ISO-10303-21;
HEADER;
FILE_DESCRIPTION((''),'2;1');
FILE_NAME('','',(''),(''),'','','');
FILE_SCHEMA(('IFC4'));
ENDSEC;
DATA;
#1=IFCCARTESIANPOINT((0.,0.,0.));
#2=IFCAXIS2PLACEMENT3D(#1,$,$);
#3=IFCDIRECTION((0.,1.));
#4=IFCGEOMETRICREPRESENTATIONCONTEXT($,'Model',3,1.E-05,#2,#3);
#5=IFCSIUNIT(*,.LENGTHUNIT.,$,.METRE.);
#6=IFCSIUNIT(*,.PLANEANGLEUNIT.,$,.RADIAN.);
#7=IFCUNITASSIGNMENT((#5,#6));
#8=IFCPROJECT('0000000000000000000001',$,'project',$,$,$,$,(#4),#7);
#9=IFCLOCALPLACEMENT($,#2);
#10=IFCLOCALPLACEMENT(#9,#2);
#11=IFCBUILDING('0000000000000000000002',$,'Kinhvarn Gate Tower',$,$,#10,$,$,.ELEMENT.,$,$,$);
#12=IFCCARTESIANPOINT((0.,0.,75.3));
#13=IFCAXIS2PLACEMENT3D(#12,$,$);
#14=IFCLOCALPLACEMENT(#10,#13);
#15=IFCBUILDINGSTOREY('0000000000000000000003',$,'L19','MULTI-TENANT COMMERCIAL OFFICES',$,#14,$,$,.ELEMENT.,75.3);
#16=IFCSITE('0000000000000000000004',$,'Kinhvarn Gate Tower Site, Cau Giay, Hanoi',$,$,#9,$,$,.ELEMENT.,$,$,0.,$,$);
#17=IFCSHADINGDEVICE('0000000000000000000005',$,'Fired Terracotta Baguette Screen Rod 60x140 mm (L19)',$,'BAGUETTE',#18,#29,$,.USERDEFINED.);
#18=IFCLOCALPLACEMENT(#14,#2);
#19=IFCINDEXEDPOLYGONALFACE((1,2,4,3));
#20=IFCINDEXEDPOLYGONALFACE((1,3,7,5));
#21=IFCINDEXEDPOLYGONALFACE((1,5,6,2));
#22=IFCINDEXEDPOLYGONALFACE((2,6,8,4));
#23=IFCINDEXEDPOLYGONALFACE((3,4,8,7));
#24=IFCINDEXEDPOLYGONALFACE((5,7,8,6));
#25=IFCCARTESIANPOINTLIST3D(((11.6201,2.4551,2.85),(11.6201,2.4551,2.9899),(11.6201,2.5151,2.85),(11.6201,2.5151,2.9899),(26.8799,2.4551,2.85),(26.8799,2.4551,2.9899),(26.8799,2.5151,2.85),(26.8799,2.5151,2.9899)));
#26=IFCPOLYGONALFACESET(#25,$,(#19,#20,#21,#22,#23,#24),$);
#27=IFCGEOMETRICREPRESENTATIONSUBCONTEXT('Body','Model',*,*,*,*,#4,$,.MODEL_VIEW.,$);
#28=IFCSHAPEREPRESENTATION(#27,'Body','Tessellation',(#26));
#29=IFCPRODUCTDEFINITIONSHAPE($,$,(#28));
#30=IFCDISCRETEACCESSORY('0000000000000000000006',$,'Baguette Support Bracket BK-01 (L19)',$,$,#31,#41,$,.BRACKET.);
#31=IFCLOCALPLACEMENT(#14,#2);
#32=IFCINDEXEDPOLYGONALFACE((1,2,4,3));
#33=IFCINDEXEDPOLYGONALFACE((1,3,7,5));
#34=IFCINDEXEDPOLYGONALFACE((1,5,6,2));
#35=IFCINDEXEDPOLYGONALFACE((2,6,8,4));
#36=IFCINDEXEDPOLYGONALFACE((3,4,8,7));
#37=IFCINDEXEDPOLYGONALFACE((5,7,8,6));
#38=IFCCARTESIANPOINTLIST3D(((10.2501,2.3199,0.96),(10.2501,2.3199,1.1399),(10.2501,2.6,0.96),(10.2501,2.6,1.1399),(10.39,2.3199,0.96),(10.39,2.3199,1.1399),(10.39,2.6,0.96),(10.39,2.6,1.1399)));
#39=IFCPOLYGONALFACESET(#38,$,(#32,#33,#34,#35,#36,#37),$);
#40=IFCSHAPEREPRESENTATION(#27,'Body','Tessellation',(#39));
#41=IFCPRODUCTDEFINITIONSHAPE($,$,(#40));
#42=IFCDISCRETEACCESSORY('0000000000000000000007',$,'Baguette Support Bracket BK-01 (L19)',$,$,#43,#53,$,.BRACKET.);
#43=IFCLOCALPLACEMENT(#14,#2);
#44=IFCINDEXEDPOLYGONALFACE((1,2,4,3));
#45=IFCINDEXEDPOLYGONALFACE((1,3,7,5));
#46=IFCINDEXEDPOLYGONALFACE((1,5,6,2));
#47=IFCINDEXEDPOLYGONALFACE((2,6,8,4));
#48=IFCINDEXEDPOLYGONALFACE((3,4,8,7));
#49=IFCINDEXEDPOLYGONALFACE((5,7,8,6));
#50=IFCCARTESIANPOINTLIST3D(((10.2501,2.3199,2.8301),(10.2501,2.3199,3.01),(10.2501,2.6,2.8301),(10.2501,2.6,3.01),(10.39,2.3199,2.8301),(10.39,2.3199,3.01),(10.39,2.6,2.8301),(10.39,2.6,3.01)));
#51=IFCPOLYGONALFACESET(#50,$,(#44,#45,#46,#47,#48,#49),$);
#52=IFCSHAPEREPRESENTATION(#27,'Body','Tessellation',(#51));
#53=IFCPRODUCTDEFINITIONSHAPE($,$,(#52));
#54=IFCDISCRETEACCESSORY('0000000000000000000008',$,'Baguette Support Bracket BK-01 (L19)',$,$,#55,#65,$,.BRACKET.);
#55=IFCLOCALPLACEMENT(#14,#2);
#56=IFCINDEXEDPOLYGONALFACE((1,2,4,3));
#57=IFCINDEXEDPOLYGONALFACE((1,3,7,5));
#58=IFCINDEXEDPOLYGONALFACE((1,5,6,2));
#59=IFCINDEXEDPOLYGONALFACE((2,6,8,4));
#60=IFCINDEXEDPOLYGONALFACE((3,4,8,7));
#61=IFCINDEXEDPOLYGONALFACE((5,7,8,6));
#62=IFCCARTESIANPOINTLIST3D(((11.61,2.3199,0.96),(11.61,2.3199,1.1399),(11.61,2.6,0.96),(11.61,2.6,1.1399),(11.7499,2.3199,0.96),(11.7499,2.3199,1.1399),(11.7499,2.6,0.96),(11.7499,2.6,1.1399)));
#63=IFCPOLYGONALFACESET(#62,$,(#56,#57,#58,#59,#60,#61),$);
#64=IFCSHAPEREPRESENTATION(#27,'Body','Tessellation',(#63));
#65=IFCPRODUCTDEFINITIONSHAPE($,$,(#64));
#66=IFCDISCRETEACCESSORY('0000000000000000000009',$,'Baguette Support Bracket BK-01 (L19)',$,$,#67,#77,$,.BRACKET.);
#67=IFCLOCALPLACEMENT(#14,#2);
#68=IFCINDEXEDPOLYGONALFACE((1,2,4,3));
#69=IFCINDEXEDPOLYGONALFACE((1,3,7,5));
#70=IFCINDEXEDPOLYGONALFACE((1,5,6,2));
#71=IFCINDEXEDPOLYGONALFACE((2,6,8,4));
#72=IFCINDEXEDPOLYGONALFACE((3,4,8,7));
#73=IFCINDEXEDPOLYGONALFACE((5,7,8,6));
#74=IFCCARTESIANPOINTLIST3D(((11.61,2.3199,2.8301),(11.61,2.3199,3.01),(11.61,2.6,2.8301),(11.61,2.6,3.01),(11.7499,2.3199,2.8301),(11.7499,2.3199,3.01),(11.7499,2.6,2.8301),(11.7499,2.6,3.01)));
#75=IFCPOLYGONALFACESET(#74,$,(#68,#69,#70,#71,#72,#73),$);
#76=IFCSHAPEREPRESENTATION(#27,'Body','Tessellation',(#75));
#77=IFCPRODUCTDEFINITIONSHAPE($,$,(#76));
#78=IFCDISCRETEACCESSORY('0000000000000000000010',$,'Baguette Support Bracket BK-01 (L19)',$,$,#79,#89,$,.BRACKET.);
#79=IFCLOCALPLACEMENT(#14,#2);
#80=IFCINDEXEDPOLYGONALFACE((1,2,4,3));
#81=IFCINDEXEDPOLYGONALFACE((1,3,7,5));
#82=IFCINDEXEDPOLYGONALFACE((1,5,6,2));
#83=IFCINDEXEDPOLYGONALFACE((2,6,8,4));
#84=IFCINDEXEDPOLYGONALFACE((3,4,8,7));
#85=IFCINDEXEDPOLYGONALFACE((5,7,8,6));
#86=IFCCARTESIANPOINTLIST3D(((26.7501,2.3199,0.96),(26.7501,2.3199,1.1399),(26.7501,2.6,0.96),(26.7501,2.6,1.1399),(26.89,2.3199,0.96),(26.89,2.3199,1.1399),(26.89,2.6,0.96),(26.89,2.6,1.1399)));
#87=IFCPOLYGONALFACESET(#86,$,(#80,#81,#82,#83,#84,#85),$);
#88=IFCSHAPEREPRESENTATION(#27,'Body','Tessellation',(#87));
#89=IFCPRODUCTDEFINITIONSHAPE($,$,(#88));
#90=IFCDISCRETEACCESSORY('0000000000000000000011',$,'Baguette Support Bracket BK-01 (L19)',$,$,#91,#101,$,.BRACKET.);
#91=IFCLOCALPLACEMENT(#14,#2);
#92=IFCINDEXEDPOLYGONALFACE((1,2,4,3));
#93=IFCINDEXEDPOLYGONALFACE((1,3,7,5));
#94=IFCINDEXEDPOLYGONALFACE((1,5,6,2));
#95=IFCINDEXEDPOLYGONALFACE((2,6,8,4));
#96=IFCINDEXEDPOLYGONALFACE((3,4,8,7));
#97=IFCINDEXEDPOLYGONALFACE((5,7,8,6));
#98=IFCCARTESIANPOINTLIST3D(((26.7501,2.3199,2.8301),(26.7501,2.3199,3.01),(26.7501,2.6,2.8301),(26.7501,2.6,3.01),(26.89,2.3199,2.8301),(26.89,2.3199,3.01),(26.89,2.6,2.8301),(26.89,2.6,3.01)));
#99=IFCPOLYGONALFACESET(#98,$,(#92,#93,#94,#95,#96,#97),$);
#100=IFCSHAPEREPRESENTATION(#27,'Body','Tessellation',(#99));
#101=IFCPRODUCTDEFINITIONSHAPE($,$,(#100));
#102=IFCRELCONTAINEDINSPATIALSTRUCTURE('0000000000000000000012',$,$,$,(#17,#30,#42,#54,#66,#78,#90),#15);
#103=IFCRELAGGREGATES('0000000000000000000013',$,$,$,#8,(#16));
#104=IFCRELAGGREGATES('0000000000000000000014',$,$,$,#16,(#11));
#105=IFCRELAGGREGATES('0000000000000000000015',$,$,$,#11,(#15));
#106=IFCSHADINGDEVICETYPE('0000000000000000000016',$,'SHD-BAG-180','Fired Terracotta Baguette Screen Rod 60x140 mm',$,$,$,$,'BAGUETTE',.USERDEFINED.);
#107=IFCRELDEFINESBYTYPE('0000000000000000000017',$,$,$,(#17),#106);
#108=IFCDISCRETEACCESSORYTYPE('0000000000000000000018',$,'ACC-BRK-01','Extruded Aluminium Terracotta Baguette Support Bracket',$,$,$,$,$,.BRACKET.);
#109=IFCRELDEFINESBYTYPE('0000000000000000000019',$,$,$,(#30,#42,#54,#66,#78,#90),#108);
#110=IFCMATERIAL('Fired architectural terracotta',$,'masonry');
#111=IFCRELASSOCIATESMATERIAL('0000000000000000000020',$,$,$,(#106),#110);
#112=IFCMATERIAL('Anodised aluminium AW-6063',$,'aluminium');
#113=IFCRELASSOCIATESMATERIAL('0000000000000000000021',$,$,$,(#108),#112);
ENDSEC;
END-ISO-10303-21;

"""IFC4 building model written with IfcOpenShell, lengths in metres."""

from ifc_helpers import new_model, si_unit, direction, frame, origin, origin_2d, place, context, subcontext, project, spatial, rectangle, extrude, material, material_profile, profile_set, type_object, element, save


model = new_model("IFC4")

# Units and contexts
model_context = context("Model", 3, precision=1e-05, world=origin(), true_north=direction((0.0, 1.0)))
body_context = subcontext(model_context, "Body", "Model", "MODEL_VIEW")
ifc_project = project(units=[si_unit("LENGTHUNIT", "METRE"), si_unit("PLANEANGLEUNIT", "RADIAN")], contexts=[model_context])

# Site, building, storey
site_placement = place(None, origin())
site = spatial("IfcSite", under=ifc_project, at=site_placement, Name="Kinhvarn Gate Tower Site, Cau Giay, Hanoi", CompositionType="ELEMENT", RefElevation=0.0)
building_placement = place(site_placement, origin())
building = spatial("IfcBuilding", under=site, at=building_placement, Name="Kinhvarn Gate Tower", CompositionType="ELEMENT")
storey_placement = place(building_placement, frame((0.0, 0.0, 75.3)))
storey = spatial("IfcBuildingStorey", under=building, at=storey_placement, Name="L19", Description="MULTI-TENANT COMMERCIAL OFFICES", CompositionType="ELEMENT", Elevation=75.3)

# Shared definitions
ifc_material_1 = material(Name="Anodised aluminium AW-6063", Category="aluminium")

# Shading device
ifc_material_2 = material(Name="Fired architectural terracotta", Category="masonry")
ifc_material_profile_1 = material_profile(ifc_material_2, rectangle(XDim=0.0601, YDim=0.1399, at=origin_2d()), Name="TC 60x140")
ifc_profile_set_1 = profile_set([ifc_material_profile_1], Name="Fired architectural terracotta")
shading_device_type = type_object("IfcShadingDeviceType", Name="SHD-BAG-180", Description="Fired Terracotta Baguette Screen Rod 60x140 mm", ElementType="BAGUETTE", PredefinedType="USERDEFINED", material=ifc_profile_set_1)
for number, where, z_axis, x_axis, name in (
    (1, (11.6201, 2.4851, 2.9199), (1.0, 0.0, 0.0), (0.0, 1.0, 0.0), "Fired Terracotta Baguette Screen Rod 60x140 mm (L19)"),
):
    element("IfcShadingDevice", number, at=place(storey_placement, frame(where, z_axis=z_axis, x_axis=x_axis)), inside=storey, type_object=shading_device_type, Name=name, ObjectType="BAGUETTE", PredefinedType="USERDEFINED", context=body_context, shape_type="SweptSolid", body=[
        extrude(rectangle(XDim=0.0601, YDim=0.1399, at=origin_2d()), origin(), (0.0, 0.0, 1.0), 15.2598),
    ])

# Discrete accessories
discrete_accessory_type = type_object("IfcDiscreteAccessoryType", Name="ACC-BRK-01", Description="Extruded Aluminium Terracotta Baguette Support Bracket", PredefinedType="BRACKET", material=ifc_material_1)
for number, where, z_axis, x_axis, name in (
    (2, (10.3201, 2.46, 0.96), (0.0, 0.0, 1.0), (1.0, 0.0, 0.0), "Baguette Support Bracket BK-01 (L19)"),
    (3, (10.3201, 2.46, 2.8301), (0.0, 0.0, 1.0), (1.0, 0.0, 0.0), "Baguette Support Bracket BK-01 (L19)"),
    (4, (11.6799, 2.46, 0.96), (0.0, 0.0, 1.0), (1.0, 0.0, 0.0), "Baguette Support Bracket BK-01 (L19)"),
    (5, (11.6799, 2.46, 2.8301), (0.0, 0.0, 1.0), (1.0, 0.0, 0.0), "Baguette Support Bracket BK-01 (L19)"),
    (6, (26.8201, 2.46, 0.96), (0.0, 0.0, 1.0), (1.0, 0.0, 0.0), "Baguette Support Bracket BK-01 (L19)"),
    (7, (26.8201, 2.46, 2.8301), (0.0, 0.0, 1.0), (1.0, 0.0, 0.0), "Baguette Support Bracket BK-01 (L19)"),
):
    element("IfcDiscreteAccessory", number, at=place(storey_placement, frame(where, z_axis=z_axis, x_axis=x_axis)), inside=storey, type_object=discrete_accessory_type, Name=name, PredefinedType="BRACKET", context=body_context, shape_type="SweptSolid", body=[
        extrude(rectangle(XDim=0.1399, YDim=0.28, at=origin_2d()), origin(), (0.0, 0.0, 1.0), 0.1799),
    ])

save(model, "model.ifc")
